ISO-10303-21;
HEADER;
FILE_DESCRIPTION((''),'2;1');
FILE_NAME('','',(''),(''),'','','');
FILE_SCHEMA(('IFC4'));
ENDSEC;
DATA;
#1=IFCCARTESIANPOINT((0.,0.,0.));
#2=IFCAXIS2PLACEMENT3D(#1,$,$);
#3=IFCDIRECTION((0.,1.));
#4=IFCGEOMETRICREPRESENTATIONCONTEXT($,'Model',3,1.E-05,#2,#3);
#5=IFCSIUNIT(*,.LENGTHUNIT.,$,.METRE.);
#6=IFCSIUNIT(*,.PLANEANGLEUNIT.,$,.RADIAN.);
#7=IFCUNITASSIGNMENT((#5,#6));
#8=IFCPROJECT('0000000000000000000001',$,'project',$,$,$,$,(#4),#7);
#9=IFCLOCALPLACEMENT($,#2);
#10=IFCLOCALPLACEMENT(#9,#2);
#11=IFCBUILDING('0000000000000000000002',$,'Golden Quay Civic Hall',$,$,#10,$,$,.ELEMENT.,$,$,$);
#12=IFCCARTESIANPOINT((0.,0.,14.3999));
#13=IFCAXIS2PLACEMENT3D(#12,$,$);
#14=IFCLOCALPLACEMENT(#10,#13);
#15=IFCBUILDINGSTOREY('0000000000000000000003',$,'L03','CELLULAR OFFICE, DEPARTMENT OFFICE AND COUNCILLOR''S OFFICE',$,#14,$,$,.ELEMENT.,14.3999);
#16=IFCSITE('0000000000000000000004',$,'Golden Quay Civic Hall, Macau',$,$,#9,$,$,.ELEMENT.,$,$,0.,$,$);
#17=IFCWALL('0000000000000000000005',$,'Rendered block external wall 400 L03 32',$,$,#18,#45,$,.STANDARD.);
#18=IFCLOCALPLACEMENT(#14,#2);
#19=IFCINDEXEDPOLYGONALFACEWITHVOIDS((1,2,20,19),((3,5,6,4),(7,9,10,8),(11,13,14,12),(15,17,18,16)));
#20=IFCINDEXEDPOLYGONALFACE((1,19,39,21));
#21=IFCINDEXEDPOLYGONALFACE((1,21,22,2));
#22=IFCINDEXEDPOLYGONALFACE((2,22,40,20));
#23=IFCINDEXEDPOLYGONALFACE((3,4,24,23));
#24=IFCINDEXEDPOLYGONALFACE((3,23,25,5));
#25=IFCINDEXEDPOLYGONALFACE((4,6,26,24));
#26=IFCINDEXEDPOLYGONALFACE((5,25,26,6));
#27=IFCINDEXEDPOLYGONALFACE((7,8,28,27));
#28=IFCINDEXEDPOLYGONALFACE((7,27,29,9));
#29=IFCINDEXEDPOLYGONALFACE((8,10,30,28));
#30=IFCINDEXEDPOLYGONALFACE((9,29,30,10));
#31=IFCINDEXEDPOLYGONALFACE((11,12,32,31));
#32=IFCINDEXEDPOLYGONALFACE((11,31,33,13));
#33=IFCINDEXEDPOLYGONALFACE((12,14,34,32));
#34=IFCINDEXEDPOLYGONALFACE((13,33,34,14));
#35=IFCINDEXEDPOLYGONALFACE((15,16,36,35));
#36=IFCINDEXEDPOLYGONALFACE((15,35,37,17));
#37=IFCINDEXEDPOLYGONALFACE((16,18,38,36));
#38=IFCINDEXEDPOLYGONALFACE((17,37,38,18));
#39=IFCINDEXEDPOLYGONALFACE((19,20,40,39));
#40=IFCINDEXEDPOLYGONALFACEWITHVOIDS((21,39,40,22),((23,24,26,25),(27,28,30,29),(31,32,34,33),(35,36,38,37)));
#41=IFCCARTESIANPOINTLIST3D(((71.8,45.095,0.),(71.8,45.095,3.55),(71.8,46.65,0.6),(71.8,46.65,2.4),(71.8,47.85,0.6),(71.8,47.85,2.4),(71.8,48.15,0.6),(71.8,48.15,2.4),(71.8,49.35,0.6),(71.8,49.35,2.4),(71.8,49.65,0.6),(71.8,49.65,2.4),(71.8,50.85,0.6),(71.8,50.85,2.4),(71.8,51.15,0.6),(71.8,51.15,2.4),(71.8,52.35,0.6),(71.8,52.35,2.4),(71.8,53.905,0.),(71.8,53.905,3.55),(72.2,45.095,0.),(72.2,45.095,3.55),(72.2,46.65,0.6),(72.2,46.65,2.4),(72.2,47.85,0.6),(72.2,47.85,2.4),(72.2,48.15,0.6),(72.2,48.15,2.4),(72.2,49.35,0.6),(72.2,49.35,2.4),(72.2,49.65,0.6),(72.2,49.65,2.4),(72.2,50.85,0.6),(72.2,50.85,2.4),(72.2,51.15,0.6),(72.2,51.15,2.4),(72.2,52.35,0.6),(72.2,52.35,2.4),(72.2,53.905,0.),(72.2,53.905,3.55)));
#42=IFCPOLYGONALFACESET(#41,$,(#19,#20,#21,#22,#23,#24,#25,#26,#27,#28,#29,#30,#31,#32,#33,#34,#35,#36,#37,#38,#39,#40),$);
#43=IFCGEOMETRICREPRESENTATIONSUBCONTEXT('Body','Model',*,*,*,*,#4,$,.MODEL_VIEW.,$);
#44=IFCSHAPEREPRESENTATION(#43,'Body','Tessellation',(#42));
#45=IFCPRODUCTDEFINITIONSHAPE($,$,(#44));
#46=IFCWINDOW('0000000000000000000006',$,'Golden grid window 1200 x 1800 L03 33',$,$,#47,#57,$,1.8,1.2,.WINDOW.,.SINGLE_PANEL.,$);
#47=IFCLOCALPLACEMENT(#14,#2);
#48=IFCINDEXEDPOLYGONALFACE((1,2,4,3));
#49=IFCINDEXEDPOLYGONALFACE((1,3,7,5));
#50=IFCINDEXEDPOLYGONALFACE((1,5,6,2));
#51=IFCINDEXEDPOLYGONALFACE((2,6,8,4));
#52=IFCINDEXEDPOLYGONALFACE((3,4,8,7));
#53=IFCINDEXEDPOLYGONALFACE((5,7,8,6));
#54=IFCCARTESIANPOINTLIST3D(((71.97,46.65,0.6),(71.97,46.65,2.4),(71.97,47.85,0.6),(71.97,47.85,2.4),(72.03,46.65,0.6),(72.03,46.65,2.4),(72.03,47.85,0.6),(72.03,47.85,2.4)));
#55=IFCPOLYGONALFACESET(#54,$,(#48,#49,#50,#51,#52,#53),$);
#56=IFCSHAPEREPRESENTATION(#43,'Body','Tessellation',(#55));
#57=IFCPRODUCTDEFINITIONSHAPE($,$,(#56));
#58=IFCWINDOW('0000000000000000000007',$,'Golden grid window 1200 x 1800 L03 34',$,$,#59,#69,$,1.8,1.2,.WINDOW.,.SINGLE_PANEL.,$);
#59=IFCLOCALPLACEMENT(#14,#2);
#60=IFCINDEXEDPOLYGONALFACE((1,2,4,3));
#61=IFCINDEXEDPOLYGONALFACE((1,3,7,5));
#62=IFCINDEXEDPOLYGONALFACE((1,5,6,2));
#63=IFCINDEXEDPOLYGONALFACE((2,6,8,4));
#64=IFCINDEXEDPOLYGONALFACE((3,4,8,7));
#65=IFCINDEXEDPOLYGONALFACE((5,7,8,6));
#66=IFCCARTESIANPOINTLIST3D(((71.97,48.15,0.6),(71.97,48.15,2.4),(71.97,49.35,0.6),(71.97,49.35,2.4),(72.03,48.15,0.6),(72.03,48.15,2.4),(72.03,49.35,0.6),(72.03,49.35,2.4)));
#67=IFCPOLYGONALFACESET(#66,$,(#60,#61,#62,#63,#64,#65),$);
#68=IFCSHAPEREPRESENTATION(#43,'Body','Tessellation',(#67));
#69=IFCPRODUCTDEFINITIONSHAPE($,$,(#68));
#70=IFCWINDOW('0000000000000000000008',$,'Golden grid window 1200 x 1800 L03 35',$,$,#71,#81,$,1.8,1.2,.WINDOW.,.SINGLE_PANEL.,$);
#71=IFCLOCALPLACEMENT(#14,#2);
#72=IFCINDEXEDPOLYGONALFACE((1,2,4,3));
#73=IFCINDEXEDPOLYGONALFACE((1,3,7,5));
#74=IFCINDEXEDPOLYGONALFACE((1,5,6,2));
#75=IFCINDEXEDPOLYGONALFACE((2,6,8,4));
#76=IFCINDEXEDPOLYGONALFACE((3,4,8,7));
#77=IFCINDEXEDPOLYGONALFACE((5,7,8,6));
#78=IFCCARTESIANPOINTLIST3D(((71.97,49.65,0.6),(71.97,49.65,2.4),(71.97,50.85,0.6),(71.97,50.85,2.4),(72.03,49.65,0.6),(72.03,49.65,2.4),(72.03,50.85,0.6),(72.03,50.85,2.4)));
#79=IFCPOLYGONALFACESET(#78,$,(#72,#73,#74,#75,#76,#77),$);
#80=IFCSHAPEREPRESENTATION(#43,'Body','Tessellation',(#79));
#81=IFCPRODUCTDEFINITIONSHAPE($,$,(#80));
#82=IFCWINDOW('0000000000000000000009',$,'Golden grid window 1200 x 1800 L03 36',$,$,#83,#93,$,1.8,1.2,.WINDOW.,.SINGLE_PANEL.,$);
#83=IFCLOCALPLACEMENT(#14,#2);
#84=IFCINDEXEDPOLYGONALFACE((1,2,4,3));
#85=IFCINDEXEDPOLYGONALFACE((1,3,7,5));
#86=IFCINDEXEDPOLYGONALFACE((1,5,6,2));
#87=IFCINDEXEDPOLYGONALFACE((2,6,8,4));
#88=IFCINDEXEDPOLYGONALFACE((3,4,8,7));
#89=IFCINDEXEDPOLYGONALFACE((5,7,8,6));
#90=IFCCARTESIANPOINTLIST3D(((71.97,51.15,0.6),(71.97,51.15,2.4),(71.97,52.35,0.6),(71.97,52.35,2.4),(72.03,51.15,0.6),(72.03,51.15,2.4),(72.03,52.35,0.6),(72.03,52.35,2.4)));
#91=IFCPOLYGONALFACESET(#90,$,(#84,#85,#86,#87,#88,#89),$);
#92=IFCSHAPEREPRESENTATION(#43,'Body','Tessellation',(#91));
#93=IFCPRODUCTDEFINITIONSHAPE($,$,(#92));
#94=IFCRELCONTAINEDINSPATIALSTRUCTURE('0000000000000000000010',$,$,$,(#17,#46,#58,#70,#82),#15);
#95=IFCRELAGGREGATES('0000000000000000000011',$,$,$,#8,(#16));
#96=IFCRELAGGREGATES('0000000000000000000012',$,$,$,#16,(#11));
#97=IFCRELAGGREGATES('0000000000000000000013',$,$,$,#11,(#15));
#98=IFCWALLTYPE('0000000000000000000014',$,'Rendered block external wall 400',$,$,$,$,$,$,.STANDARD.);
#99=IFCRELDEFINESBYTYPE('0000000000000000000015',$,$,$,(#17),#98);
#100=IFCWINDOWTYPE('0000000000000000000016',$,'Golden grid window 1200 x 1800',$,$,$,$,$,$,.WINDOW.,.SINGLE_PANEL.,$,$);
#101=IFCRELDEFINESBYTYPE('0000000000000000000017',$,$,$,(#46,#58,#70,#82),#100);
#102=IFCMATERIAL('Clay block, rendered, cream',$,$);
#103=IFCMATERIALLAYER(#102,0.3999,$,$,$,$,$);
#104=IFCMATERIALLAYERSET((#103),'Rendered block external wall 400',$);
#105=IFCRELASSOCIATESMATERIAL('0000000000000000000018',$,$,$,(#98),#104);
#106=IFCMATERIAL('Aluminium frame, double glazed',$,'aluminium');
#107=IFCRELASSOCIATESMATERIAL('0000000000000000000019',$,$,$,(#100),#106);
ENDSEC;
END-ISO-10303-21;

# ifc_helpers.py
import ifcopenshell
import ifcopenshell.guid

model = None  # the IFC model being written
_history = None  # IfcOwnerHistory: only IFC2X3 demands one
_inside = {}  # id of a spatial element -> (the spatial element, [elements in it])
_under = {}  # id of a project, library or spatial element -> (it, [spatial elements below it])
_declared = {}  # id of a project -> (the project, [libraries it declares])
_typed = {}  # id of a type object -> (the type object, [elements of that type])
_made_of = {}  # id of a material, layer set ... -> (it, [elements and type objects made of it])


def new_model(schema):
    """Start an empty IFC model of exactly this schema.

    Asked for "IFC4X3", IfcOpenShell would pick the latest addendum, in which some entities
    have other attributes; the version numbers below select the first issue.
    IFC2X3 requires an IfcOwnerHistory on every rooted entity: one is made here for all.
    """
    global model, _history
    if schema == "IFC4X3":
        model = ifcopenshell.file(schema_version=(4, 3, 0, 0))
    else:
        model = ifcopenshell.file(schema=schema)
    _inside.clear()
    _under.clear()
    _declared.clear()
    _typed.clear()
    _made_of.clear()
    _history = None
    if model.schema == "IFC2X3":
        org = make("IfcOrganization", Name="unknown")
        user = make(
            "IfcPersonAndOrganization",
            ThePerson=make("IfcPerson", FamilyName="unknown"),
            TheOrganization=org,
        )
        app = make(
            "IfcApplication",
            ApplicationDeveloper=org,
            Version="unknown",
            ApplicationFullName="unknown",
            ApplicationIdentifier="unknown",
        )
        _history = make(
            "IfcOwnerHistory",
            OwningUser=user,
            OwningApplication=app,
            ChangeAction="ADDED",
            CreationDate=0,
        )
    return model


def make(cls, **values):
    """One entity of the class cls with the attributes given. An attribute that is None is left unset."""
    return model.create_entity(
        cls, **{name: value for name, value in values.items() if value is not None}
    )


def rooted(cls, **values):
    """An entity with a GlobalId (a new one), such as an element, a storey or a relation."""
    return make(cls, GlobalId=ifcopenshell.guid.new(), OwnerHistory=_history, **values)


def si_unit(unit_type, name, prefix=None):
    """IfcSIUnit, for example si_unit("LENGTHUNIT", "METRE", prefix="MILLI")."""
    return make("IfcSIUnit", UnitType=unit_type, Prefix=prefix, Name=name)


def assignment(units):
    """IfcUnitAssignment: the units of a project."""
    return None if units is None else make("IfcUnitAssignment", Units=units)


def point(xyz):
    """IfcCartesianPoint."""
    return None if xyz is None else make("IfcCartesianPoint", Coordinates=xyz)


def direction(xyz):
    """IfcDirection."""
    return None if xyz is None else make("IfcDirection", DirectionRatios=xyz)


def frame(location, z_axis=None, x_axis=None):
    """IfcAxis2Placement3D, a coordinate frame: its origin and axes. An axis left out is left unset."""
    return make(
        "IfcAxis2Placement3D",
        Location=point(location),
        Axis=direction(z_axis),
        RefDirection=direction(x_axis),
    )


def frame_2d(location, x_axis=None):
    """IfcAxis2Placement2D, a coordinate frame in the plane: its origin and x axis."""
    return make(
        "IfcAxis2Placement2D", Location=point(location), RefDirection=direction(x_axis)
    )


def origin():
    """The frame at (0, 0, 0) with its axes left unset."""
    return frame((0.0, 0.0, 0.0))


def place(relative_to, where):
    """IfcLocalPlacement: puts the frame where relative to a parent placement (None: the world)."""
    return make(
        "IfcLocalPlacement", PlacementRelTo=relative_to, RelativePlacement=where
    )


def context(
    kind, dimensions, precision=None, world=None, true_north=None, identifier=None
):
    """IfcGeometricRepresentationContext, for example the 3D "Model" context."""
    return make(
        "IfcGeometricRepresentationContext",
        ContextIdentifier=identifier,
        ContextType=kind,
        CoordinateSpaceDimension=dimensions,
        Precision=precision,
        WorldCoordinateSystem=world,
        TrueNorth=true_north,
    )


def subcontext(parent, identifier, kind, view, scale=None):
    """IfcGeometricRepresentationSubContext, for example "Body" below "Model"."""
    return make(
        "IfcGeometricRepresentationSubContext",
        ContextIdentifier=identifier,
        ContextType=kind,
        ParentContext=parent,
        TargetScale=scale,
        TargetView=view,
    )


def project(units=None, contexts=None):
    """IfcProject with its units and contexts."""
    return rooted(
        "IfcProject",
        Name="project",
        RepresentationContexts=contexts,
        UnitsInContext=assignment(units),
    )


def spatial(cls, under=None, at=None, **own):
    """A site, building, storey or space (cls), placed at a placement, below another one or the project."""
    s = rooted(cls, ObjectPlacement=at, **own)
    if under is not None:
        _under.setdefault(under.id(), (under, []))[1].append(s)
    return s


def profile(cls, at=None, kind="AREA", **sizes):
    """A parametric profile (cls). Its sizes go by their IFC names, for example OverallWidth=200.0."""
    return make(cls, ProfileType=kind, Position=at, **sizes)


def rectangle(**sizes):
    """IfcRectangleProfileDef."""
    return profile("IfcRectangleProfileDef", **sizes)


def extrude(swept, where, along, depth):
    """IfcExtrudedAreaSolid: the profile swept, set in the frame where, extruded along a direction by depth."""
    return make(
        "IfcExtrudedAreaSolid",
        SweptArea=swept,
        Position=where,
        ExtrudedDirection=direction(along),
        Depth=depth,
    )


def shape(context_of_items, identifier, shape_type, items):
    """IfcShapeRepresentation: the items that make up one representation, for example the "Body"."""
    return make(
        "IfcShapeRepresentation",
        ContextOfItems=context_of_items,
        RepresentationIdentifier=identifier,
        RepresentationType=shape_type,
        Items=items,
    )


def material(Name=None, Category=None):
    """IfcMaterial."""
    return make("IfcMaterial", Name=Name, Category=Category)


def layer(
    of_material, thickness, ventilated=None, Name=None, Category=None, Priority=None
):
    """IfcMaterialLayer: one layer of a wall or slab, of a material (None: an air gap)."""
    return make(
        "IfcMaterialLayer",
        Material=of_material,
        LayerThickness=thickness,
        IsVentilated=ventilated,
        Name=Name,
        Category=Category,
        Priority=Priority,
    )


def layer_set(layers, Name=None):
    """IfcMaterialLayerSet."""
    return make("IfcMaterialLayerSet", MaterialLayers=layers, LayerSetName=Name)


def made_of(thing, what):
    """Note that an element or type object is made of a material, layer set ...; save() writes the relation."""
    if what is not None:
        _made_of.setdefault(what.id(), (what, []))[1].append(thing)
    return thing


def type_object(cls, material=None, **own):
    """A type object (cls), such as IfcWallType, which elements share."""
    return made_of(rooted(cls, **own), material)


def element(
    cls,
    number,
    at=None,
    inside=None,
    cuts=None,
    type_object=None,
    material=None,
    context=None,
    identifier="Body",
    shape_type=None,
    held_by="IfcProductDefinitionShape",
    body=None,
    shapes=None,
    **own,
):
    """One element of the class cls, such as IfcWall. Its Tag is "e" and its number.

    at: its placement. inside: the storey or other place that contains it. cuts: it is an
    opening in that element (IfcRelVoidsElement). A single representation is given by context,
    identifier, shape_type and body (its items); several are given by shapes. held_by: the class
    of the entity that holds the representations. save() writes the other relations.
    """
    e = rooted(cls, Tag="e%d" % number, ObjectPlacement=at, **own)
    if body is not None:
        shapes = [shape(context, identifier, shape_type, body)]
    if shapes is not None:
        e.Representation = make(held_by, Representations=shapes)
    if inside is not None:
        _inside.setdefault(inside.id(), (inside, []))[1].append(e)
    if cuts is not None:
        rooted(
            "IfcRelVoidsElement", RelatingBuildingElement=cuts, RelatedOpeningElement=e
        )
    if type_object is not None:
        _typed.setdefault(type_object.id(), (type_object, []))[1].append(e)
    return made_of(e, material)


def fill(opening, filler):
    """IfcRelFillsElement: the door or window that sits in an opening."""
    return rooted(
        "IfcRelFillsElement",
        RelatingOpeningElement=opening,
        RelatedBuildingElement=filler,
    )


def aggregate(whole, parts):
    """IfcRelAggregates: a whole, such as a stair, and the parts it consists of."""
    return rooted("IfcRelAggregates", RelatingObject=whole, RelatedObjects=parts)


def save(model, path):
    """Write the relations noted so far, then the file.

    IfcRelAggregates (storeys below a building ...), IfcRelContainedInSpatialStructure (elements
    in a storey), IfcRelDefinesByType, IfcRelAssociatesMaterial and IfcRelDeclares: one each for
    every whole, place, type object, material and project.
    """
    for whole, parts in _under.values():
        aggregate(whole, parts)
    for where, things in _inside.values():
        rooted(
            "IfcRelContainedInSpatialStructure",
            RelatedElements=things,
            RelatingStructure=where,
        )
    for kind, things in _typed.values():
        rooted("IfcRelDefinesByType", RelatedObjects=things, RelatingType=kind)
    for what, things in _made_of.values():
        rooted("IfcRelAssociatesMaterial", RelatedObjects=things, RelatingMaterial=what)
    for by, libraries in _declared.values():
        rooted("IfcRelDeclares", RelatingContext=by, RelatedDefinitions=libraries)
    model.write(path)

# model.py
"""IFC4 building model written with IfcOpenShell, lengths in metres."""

from ifc_helpers import new_model, si_unit, direction, frame, frame_2d, origin, place, context, subcontext, project, spatial, rectangle, extrude, material, layer, layer_set, type_object, element, fill, save


model = new_model("IFC4")

# Units and contexts
model_context = context("Model", 3, precision=1e-05, world=origin(), true_north=direction((0.0, 1.0)))
body_context = subcontext(model_context, "Body", "Model", "MODEL_VIEW")
ifc_project = project(units=[si_unit("LENGTHUNIT", "METRE"), si_unit("PLANEANGLEUNIT", "RADIAN")], contexts=[model_context])

# Site, building, storey
site_placement = place(None, origin())
site = spatial("IfcSite", under=ifc_project, at=site_placement, Name="Golden Quay Civic Hall, Macau", CompositionType="ELEMENT", RefElevation=0.0)
building_placement = place(site_placement, origin())
building = spatial("IfcBuilding", under=site, at=building_placement, Name="Golden Quay Civic Hall", CompositionType="ELEMENT")
storey_placement = place(building_placement, frame((0.0, 0.0, 14.3999)))
storey = spatial("IfcBuildingStorey", under=building, at=storey_placement, Name="L03", Description="CELLULAR OFFICE, DEPARTMENT OFFICE AND COUNCILLOR'S OFFICE", CompositionType="ELEMENT", Elevation=14.3999)

# Shared definitions
ifc_material_1 = material(Name="Clay block, rendered, cream")
ifc_layer = layer(ifc_material_1, 0.3999)
ifc_layer_set = layer_set([ifc_layer], Name="Rendered block external wall 400")
wall_type = type_object("IfcWallType", Name="Rendered block external wall 400", PredefinedType="STANDARD", material=ifc_layer_set)
ifc_material_2 = material(Name="Aluminium frame, double glazed", Category="aluminium")
window_type = type_object("IfcWindowType", Name="Golden grid window 1200 x 1800", PartitioningType="SINGLE_PANEL", PredefinedType="WINDOW", material=ifc_material_2)

# Wall, openings, windows
wall_1_placement = place(storey_placement, frame((72.0, 53.905, 0.0), z_axis=(0.0, 0.0, 1.0), x_axis=(0.0, -1.0, 0.0)))
wall_1 = element("IfcWall", 1, at=wall_1_placement, inside=storey, type_object=wall_type, Name="Rendered block external wall 400 L03 32", PredefinedType="STANDARD", context=body_context, shape_type="SweptSolid", body=[
    extrude(rectangle(XDim=8.8101, YDim=0.3999, at=frame_2d((4.405, 0.0))), origin(), (0.0, 0.0, 1.0), 3.55),
])
opening_1_placement = place(wall_1_placement, frame((6.0549, 0.0, 0.6001)))
opening_1 = element("IfcOpeningElement", 2, at=opening_1_placement, cuts=wall_1, PredefinedType="OPENING", context=body_context, shape_type="SweptSolid", body=[
    extrude(rectangle(XDim=1.2, YDim=1.8, at=frame_2d((0.6001, 0.8999))), frame((0.0, 0.21, 0.0), z_axis=(0.0, -1.0, 0.0), x_axis=(1.0, 0.0, 0.0)), (0.0, 0.0, 1.0), 0.4199),
])
opening_2_placement = place(wall_1_placement, frame((4.5549, 0.0, 0.6001)))
opening_2 = element("IfcOpeningElement", 3, at=opening_2_placement, cuts=wall_1, PredefinedType="OPENING", context=body_context, shape_type="SweptSolid", body=[
    extrude(rectangle(XDim=1.2, YDim=1.8, at=frame_2d((0.6001, 0.8999))), frame((0.0, 0.21, 0.0), z_axis=(0.0, -1.0, 0.0), x_axis=(1.0, 0.0, 0.0)), (0.0, 0.0, 1.0), 0.4199),
])
opening_3_placement = place(wall_1_placement, frame((3.0549, 0.0, 0.6001)))
opening_3 = element("IfcOpeningElement", 4, at=opening_3_placement, cuts=wall_1, PredefinedType="OPENING", context=body_context, shape_type="SweptSolid", body=[
    extrude(rectangle(XDim=1.2, YDim=1.8, at=frame_2d((0.6001, 0.8999))), frame((0.0, 0.21, 0.0), z_axis=(0.0, -1.0, 0.0), x_axis=(1.0, 0.0, 0.0)), (0.0, 0.0, 1.0), 0.4199),
])
opening_4_placement = place(wall_1_placement, frame((1.5549, 0.0, 0.6001)))
opening_4 = element("IfcOpeningElement", 5, at=opening_4_placement, cuts=wall_1, PredefinedType="OPENING", context=body_context, shape_type="SweptSolid", body=[
    extrude(rectangle(XDim=1.2, YDim=1.8, at=frame_2d((0.6001, 0.8999))), frame((0.0, 0.21, 0.0), z_axis=(0.0, -1.0, 0.0), x_axis=(1.0, 0.0, 0.0)), (0.0, 0.0, 1.0), 0.4199),
])
window_1_placement = place(opening_1_placement, origin())
window_1 = element("IfcWindow", 6, at=window_1_placement, inside=storey, type_object=window_type, Name="Golden grid window 1200 x 1800 L03 33", OverallHeight=1.8, OverallWidth=1.2, PartitioningType="SINGLE_PANEL", PredefinedType="WINDOW", context=body_context, shape_type="SweptSolid", body=[
    extrude(rectangle(XDim=1.2, YDim=1.8, at=frame_2d((0.6001, 0.8999))), frame((0.0, 0.03, 0.0), z_axis=(0.0, -1.0, 0.0), x_axis=(1.0, 0.0, 0.0)), (0.0, 0.0, 1.0), 0.0601),
])
fill(opening_1, window_1)
window_2_placement = place(opening_2_placement, origin())
window_2 = element("IfcWindow", 7, at=window_2_placement, inside=storey, type_object=window_type, Name="Golden grid window 1200 x 1800 L03 34", OverallHeight=1.8, OverallWidth=1.2, PartitioningType="SINGLE_PANEL", PredefinedType="WINDOW", context=body_context, shape_type="SweptSolid", body=[
    extrude(rectangle(XDim=1.2, YDim=1.8, at=frame_2d((0.6001, 0.8999))), frame((0.0, 0.03, 0.0), z_axis=(0.0, -1.0, 0.0), x_axis=(1.0, 0.0, 0.0)), (0.0, 0.0, 1.0), 0.0601),
])
fill(opening_2, window_2)
window_3_placement = place(opening_3_placement, origin())
window_3 = element("IfcWindow", 8, at=window_3_placement, inside=storey, type_object=window_type, Name="Golden grid window 1200 x 1800 L03 35", OverallHeight=1.8, OverallWidth=1.2, PartitioningType="SINGLE_PANEL", PredefinedType="WINDOW", context=body_context, shape_type="SweptSolid", body=[
    extrude(rectangle(XDim=1.2, YDim=1.8, at=frame_2d((0.6001, 0.8999))), frame((0.0, 0.03, 0.0), z_axis=(0.0, -1.0, 0.0), x_axis=(1.0, 0.0, 0.0)), (0.0, 0.0, 1.0), 0.0601),
])
fill(opening_3, window_3)
window_4_placement = place(opening_4_placement, origin())
window_4 = element("IfcWindow", 9, at=window_4_placement, inside=storey, type_object=window_type, Name="Golden grid window 1200 x 1800 L03 36", OverallHeight=1.8, OverallWidth=1.2, PartitioningType="SINGLE_PANEL", PredefinedType="WINDOW", context=body_context, shape_type="SweptSolid", body=[
    extrude(rectangle(XDim=1.2, YDim=1.8, at=frame_2d((0.6001, 0.8999))), frame((0.0, 0.03, 0.0), z_axis=(0.0, -1.0, 0.0), x_axis=(1.0, 0.0, 0.0)), (0.0, 0.0, 1.0), 0.0601),
])
fill(opening_4, window_4)

save(model, "model.ifc")
